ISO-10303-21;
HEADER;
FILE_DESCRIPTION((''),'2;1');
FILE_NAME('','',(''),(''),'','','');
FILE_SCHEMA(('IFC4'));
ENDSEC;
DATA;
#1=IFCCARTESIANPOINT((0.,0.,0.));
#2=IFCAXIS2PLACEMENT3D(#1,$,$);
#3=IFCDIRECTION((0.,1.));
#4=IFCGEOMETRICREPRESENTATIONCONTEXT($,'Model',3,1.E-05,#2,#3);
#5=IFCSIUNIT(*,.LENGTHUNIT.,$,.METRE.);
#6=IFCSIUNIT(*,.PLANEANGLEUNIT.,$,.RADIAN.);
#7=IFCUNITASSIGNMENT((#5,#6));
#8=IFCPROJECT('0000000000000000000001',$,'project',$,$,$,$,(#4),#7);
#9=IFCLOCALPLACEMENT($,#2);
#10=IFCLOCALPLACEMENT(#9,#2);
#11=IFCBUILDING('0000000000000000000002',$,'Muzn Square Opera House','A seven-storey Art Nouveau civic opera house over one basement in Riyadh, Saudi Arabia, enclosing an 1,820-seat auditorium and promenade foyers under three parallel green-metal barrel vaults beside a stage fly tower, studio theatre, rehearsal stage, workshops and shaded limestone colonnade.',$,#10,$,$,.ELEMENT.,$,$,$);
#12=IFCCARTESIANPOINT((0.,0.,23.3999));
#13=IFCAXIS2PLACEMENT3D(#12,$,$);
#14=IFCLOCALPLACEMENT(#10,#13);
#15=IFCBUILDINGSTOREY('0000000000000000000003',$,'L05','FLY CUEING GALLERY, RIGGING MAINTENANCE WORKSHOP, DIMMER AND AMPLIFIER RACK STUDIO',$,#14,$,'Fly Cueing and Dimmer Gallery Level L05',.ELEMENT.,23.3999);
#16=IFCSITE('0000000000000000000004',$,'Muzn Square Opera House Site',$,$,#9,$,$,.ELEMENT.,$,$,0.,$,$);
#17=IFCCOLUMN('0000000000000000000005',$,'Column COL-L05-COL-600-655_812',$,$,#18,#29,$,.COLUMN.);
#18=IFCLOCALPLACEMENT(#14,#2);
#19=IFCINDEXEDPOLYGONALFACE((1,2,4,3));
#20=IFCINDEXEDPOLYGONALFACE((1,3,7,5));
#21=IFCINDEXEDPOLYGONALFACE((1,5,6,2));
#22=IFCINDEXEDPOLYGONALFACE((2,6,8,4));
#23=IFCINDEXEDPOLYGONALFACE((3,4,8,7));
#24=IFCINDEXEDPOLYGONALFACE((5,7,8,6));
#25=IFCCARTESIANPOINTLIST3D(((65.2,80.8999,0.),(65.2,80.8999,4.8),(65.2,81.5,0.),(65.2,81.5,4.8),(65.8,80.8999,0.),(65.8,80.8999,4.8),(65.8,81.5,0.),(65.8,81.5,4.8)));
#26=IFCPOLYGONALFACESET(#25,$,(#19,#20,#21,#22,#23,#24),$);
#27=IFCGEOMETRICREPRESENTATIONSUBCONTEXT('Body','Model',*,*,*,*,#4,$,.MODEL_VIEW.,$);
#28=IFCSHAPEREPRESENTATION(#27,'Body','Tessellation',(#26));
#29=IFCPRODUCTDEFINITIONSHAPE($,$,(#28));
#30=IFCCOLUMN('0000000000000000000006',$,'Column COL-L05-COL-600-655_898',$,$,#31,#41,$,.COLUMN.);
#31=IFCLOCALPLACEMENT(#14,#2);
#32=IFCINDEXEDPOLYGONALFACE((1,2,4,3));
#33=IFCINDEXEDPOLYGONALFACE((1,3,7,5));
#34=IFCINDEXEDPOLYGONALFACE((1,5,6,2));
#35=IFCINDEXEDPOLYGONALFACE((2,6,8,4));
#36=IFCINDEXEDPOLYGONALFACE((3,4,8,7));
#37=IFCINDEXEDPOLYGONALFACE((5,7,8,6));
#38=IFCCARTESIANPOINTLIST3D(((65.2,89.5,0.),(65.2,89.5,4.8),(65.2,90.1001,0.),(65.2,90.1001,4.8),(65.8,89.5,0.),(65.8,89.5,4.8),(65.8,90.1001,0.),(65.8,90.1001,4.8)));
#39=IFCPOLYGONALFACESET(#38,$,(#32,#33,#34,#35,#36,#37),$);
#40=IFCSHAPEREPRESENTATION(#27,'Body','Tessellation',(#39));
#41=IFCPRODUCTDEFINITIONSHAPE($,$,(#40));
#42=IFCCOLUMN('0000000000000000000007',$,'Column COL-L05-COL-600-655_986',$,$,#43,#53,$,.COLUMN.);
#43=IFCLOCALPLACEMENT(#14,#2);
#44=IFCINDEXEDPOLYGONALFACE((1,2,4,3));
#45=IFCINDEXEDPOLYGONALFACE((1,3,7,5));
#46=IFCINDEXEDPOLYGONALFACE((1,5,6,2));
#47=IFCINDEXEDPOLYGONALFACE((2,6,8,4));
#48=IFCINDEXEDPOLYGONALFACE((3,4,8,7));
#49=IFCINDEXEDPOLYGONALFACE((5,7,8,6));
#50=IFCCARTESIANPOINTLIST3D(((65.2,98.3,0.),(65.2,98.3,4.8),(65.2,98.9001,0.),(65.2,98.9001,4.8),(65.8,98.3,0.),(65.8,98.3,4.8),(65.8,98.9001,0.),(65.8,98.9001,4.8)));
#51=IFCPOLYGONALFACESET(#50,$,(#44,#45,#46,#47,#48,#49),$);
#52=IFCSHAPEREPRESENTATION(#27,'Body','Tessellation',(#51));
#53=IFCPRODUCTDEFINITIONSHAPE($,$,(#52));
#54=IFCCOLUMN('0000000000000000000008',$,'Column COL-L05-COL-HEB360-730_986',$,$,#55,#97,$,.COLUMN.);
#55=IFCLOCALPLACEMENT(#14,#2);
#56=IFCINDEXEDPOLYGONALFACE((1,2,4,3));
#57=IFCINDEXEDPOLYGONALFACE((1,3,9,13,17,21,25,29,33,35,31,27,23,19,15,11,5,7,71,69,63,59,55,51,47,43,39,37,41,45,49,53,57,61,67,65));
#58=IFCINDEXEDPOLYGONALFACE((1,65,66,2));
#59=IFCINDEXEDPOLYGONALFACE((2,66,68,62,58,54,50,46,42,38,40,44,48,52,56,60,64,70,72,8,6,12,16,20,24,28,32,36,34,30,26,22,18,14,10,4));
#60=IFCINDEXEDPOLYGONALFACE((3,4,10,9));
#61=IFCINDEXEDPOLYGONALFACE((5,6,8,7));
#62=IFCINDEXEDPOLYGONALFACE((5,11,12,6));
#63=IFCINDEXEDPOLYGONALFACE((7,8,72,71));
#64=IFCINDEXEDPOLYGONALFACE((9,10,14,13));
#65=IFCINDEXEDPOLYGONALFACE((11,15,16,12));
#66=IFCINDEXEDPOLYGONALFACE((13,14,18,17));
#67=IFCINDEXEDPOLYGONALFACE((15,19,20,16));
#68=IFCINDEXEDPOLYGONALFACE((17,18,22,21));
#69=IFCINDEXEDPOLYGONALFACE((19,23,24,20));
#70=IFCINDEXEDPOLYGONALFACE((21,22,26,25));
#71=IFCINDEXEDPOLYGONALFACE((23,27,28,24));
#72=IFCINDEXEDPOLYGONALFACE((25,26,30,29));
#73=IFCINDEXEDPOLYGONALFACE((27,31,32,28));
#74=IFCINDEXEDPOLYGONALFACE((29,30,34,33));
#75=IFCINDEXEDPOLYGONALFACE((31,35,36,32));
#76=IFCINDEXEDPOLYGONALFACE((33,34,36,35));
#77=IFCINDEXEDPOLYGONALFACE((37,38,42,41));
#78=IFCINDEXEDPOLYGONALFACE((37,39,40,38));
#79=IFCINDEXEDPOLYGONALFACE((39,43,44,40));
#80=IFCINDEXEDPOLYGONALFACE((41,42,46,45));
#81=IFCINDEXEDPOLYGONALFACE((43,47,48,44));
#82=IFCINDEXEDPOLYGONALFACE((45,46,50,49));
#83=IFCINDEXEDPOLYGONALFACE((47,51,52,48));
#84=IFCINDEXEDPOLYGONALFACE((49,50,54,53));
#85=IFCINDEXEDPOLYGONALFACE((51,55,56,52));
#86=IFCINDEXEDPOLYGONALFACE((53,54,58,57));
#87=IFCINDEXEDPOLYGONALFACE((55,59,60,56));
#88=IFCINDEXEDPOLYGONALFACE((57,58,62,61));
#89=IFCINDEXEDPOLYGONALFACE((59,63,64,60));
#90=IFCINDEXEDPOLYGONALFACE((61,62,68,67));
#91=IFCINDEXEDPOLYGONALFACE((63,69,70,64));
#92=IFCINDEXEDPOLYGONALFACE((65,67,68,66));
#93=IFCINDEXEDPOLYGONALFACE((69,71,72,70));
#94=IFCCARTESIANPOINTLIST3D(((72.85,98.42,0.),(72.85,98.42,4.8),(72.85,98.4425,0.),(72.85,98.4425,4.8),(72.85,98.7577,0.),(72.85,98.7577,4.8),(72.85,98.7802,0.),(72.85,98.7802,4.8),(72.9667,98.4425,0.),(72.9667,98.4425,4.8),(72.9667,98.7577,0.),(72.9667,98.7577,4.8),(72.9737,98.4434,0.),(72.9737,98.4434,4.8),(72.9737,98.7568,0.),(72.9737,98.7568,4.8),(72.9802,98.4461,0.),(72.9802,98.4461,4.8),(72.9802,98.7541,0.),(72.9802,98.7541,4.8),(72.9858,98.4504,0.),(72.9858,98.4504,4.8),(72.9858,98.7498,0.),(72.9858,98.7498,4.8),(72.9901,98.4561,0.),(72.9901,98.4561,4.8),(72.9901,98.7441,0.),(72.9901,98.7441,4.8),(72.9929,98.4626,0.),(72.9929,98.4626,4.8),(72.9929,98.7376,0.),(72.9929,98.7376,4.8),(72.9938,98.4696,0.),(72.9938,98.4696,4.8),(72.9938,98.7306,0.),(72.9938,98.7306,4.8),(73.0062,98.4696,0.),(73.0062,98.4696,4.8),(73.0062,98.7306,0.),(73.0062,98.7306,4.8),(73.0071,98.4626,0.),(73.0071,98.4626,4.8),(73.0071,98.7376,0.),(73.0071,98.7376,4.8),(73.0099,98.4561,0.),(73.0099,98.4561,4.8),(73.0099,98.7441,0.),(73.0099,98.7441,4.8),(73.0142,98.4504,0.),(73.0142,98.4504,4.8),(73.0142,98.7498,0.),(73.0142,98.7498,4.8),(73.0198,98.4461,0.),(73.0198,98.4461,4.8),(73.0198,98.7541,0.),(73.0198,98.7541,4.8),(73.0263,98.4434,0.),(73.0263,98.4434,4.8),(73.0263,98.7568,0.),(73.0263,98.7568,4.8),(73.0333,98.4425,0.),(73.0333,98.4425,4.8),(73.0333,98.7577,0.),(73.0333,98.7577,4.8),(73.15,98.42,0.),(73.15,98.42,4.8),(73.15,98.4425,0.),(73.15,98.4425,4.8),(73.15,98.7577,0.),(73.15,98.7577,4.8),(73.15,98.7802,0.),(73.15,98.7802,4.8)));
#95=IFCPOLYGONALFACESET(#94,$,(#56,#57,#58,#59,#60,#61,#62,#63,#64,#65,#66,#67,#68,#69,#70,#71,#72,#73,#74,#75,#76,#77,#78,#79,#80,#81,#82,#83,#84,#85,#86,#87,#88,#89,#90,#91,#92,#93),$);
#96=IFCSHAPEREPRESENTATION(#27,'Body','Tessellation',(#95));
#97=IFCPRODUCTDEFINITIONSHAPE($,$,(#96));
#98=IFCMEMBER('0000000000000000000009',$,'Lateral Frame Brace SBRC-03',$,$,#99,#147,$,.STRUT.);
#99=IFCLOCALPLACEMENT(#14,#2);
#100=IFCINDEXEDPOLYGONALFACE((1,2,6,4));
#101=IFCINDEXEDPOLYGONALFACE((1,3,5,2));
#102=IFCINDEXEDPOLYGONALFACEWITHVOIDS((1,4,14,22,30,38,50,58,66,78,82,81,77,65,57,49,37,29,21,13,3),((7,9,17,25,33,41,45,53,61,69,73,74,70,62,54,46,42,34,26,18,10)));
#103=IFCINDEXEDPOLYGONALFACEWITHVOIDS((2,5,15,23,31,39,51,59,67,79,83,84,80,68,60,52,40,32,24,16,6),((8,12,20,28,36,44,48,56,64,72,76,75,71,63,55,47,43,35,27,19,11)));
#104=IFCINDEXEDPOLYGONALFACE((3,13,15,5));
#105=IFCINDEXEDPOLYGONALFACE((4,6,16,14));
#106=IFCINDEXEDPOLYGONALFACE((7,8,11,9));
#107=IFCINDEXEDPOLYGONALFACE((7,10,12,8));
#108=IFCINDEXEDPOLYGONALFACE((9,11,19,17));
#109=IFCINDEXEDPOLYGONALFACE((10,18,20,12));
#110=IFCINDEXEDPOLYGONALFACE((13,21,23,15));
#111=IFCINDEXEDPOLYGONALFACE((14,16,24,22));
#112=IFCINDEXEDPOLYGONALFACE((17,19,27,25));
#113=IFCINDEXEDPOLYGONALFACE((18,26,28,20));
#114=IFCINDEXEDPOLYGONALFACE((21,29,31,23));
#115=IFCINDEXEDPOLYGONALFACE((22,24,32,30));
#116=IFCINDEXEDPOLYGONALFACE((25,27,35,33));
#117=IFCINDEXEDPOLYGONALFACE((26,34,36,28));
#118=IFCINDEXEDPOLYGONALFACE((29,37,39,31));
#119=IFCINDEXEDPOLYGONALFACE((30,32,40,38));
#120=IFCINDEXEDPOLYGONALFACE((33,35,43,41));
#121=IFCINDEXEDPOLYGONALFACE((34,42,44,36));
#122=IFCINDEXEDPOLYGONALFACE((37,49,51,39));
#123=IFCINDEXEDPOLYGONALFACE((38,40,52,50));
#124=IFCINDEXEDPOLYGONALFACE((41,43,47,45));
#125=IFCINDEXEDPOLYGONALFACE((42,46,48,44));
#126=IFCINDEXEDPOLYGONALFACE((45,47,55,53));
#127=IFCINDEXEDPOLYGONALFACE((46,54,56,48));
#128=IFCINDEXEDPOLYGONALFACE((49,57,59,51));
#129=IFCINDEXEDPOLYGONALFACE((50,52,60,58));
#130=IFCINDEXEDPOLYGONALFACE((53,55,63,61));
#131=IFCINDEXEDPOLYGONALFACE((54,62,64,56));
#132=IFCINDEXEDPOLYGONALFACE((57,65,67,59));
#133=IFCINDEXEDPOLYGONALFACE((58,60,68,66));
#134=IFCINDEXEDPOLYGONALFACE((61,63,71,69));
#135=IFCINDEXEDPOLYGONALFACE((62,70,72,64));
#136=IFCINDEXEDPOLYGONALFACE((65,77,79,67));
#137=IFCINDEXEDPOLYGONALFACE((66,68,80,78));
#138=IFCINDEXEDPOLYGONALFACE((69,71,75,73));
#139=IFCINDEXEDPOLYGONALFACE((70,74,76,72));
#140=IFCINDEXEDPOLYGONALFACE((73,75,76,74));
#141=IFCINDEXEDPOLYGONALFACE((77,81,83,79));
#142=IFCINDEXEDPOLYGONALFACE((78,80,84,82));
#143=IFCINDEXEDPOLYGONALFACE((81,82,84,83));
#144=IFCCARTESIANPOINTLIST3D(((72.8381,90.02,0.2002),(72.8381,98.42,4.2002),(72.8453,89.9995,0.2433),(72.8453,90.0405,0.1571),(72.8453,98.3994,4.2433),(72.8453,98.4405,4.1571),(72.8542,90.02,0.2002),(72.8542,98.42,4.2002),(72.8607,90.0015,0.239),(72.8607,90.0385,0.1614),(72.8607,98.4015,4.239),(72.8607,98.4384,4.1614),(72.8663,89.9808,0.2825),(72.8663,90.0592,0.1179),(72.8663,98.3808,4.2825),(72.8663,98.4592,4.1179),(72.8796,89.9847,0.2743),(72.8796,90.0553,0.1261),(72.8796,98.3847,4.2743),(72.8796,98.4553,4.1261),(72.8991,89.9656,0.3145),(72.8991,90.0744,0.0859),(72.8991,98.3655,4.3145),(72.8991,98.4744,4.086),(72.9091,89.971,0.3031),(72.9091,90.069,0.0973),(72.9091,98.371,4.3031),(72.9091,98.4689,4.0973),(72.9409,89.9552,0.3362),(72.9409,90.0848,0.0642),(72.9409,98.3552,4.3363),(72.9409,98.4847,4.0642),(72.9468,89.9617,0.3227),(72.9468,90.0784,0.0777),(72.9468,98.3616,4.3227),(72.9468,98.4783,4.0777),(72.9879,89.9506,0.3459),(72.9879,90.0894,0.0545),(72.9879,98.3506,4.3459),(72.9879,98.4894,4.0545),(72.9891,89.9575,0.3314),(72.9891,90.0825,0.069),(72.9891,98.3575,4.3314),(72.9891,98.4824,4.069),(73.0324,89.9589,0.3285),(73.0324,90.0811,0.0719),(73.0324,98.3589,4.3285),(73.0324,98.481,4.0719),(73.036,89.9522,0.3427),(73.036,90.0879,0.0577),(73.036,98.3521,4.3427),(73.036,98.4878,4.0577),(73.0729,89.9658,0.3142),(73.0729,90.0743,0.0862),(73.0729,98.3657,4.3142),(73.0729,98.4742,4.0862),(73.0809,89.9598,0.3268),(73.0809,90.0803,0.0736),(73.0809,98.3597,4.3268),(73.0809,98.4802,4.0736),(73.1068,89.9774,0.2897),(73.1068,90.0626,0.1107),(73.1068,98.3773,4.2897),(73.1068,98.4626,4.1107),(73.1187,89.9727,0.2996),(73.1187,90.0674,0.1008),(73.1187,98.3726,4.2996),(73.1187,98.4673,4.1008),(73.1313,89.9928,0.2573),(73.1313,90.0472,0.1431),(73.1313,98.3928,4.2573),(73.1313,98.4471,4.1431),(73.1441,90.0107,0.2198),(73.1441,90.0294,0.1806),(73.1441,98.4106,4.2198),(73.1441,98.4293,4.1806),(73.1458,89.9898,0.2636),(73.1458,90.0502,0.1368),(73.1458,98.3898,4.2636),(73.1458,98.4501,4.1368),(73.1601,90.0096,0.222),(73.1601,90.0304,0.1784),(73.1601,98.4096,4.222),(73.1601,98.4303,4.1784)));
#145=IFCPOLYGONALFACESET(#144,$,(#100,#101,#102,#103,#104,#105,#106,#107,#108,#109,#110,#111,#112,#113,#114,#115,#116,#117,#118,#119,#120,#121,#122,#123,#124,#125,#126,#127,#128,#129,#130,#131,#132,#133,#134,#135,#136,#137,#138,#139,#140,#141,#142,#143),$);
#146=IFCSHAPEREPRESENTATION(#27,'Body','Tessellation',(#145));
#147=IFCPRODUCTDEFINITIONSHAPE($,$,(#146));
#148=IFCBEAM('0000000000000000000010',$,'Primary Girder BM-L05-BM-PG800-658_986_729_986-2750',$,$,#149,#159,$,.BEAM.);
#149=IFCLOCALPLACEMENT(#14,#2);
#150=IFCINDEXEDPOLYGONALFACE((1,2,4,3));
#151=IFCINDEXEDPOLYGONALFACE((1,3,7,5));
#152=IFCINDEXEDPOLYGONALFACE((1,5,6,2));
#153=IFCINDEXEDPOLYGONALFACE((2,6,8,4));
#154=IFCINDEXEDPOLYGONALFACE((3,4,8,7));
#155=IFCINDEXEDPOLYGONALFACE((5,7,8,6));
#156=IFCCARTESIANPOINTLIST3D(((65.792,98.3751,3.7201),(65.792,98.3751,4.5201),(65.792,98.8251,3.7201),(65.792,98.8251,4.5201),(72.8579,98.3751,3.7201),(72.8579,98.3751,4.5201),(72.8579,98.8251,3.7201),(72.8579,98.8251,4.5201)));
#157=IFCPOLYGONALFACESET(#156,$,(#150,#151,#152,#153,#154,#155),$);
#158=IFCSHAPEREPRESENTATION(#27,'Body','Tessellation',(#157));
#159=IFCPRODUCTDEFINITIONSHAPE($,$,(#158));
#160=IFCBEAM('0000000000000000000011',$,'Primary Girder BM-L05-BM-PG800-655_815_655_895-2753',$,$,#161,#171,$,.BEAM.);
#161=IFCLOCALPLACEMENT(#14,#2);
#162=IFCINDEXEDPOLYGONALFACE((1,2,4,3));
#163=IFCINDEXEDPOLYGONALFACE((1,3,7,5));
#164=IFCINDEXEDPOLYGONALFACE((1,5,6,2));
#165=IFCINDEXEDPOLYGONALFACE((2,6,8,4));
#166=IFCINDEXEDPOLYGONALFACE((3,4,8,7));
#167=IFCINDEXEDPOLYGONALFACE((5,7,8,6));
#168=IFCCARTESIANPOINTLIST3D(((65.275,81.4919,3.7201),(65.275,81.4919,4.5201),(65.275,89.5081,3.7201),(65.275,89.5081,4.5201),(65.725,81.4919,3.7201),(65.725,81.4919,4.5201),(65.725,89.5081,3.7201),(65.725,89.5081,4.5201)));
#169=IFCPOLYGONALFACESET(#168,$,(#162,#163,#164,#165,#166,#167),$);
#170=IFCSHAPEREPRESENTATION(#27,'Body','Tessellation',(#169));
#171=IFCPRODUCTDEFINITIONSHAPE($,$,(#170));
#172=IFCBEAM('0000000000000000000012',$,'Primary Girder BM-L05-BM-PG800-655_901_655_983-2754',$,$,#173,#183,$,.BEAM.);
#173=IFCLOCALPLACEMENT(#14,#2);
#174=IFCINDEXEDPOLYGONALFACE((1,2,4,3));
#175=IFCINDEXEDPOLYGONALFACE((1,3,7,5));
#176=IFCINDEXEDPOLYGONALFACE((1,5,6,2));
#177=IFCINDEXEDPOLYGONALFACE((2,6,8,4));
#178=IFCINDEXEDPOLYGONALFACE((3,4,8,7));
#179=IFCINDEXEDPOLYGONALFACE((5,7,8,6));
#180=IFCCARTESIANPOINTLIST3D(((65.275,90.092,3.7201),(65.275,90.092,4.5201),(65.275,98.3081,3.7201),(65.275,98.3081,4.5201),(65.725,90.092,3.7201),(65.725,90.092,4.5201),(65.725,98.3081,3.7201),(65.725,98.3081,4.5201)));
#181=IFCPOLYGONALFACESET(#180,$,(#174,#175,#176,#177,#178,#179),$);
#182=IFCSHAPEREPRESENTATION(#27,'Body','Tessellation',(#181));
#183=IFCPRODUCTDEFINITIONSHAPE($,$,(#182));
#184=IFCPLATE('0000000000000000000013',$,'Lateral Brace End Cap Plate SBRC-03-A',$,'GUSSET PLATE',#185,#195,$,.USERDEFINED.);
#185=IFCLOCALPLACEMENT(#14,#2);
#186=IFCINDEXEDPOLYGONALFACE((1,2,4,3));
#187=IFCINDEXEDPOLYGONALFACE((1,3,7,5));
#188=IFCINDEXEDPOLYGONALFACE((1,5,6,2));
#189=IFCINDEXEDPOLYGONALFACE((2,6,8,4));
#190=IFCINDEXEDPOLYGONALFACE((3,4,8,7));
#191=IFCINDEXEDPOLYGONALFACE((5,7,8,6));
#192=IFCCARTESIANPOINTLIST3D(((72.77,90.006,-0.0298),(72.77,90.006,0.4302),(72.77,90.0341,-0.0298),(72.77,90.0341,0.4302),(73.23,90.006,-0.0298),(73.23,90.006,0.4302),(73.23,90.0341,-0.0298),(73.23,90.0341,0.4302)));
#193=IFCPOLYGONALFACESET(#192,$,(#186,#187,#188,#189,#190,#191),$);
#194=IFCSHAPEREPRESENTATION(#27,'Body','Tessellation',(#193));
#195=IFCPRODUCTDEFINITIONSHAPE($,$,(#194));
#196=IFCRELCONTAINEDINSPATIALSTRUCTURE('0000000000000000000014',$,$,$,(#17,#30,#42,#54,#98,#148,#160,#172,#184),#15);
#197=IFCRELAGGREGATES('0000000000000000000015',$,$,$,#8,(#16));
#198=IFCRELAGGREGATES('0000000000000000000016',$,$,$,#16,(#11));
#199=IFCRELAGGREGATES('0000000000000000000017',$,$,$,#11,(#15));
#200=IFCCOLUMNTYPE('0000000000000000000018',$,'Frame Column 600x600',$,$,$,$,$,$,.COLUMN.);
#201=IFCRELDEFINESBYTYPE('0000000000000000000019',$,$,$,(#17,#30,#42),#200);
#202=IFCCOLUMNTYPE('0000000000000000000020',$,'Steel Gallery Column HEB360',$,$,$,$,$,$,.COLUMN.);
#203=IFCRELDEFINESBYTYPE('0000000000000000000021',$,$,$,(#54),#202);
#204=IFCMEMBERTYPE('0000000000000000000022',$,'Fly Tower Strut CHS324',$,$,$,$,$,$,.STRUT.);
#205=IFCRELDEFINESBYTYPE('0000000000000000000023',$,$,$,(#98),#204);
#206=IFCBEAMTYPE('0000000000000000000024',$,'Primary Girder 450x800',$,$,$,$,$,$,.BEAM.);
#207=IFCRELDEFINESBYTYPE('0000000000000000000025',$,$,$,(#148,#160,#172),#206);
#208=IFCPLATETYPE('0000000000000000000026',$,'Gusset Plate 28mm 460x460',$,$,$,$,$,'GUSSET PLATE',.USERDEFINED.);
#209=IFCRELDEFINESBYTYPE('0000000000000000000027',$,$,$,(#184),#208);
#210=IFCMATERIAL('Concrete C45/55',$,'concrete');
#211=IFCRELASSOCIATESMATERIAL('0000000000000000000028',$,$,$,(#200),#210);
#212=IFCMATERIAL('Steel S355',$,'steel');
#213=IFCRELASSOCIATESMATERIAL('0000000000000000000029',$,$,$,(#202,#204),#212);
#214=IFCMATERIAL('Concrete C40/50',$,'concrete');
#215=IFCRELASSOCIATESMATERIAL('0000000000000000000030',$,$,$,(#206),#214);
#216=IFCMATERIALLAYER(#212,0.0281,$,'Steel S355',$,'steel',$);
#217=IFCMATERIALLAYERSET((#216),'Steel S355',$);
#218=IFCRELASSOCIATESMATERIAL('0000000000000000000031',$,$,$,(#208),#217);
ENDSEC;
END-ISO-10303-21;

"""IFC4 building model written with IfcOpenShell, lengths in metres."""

from ifc_helpers import new_model, si_unit, direction, frame, origin, origin_2d, place, context, subcontext, project, spatial, rectangle, hollow_circle, i_section, extrude, material, layer, layer_set, material_profile, profile_set, type_object, element, save


model = new_model("IFC4")

# Units and contexts
model_context = context("Model", 3, precision=1e-05, world=origin(), true_north=direction((0.0, 1.0)))
body_context = subcontext(model_context, "Body", "Model", "MODEL_VIEW")
ifc_project = project(units=[si_unit("LENGTHUNIT", "METRE"), si_unit("PLANEANGLEUNIT", "RADIAN")], contexts=[model_context])

# Site, building, storey
site_placement = place(None, origin())
site = spatial("IfcSite", under=ifc_project, at=site_placement, Name="Muzn Square Opera House Site", CompositionType="ELEMENT", RefElevation=0.0)
building_placement = place(site_placement, origin())
building = spatial("IfcBuilding", under=site, at=building_placement, Name="Muzn Square Opera House", Description="A seven-storey Art Nouveau civic opera house over one basement in Riyadh, Saudi Arabia, enclosing an 1,820-seat auditorium and promenade foyers under three parallel green-metal barrel vaults beside a stage fly tower, studio theatre, rehearsal stage, workshops and shaded limestone colonnade.", CompositionType="ELEMENT")
storey_placement = place(building_placement, frame((0.0, 0.0, 23.3999)))
storey = spatial("IfcBuildingStorey", under=building, at=storey_placement, Name="L05", Description="FLY CUEING GALLERY, RIGGING MAINTENANCE WORKSHOP, DIMMER AND AMPLIFIER RACK STUDIO", LongName="Fly Cueing and Dimmer Gallery Level L05", CompositionType="ELEMENT", Elevation=23.3999)

# Columns
ifc_material_1 = material(Name="Concrete C45/55", Category="concrete")
ifc_material_profile_1 = material_profile(ifc_material_1, rectangle(XDim=0.6001, YDim=0.6001, at=origin_2d()), Name="RC 600x600", Category="concrete")
ifc_profile_set_1 = profile_set([ifc_material_profile_1], Name="Concrete C45/55")
column_type_1 = type_object("IfcColumnType", Name="Frame Column 600x600", PredefinedType="COLUMN", material=ifc_profile_set_1)
for number, where, z_axis, x_axis, name in (
    (1, (65.5, 81.2, 0.0), (0.0, 0.0, 1.0), (1.0, 0.0, 0.0), "Column COL-L05-COL-600-655_812"),
    (2, (65.5, 89.8, 0.0), (0.0, 0.0, 1.0), (1.0, 0.0, 0.0), "Column COL-L05-COL-600-655_898"),
    (3, (65.5, 98.6001, 0.0), (0.0, 0.0, 1.0), (1.0, 0.0, 0.0), "Column COL-L05-COL-600-655_986"),
):
    element("IfcColumn", number, at=place(storey_placement, frame(where, z_axis=z_axis, x_axis=x_axis)), inside=storey, type_object=column_type_1, Name=name, PredefinedType="COLUMN", context=body_context, shape_type="SweptSolid", body=[
        extrude(rectangle(XDim=0.6001, YDim=0.6001, at=origin_2d()), origin(), (0.0, 0.0, 1.0), 4.8),
    ])
ifc_material_2 = material(Name="Steel S355", Category="steel")
ifc_material_profile_2 = material_profile(ifc_material_2, i_section(OverallWidth=0.3, OverallDepth=0.3601, WebThickness=0.0125, FlangeThickness=0.0225, FilletRadius=0.0271, at=origin_2d()), Name="HEB 360", Category="steel")
ifc_profile_set_2 = profile_set([ifc_material_profile_2], Name="Steel S355")
column_type_2 = type_object("IfcColumnType", Name="Steel Gallery Column HEB360", PredefinedType="COLUMN", material=ifc_profile_set_2)
column_placement = place(storey_placement, frame((73.0, 98.6001, 0.0), z_axis=(0.0, 0.0, 1.0), x_axis=(1.0, 0.0, 0.0)))
element("IfcColumn", 4, at=column_placement, inside=storey, type_object=column_type_2, Name="Column COL-L05-COL-HEB360-730_986", PredefinedType="COLUMN", context=body_context, shape_type="SweptSolid", body=[
    extrude(i_section(OverallWidth=0.3, OverallDepth=0.3601, WebThickness=0.0125, FlangeThickness=0.0225, FilletRadius=0.0271, at=origin_2d()), origin(), (0.0, 0.0, 1.0), 4.8),
])

# Member
ifc_material_profile_3 = material_profile(ifc_material_2, hollow_circle(Radius=0.1619, WallThickness=0.0161, at=origin_2d()), Name="CHS 323.9x16", Category="steel")
ifc_profile_set_3 = profile_set([ifc_material_profile_3], Name="Steel S355")
member_type = type_object("IfcMemberType", Name="Fly Tower Strut CHS324", PredefinedType="STRUT", material=ifc_profile_set_3)
member_placement = place(storey_placement, frame((73.0, 90.02, 0.2002), z_axis=(0.0, 0.902859, 0.429938), x_axis=(-1.0, 0.0, 0.0)))
element("IfcMember", 5, at=member_placement, inside=storey, type_object=member_type, Name="Lateral Frame Brace SBRC-03", PredefinedType="STRUT", context=body_context, shape_type="SweptSolid", body=[
    extrude(hollow_circle(Radius=0.1619, WallThickness=0.0161, at=origin_2d()), origin(), (0.0, 0.0, 1.0), 9.3037),
])

# Beams
ifc_material_3 = material(Name="Concrete C40/50", Category="concrete")
ifc_material_profile_4 = material_profile(ifc_material_3, rectangle(XDim=0.45, YDim=0.8, at=origin_2d()), Name="RCB 450x800", Category="concrete")
ifc_profile_set_4 = profile_set([ifc_material_profile_4], Name="Concrete C40/50")
beam_type = type_object("IfcBeamType", Name="Primary Girder 450x800", PredefinedType="BEAM", material=ifc_profile_set_4)
beam_1_placement = place(storey_placement, frame((65.792, 98.6001, 4.1201), z_axis=(1.0, 0.0, 0.0), x_axis=(0.0, 1.0, 0.0)))
element("IfcBeam", 6, at=beam_1_placement, inside=storey, type_object=beam_type, Name="Primary Girder BM-L05-BM-PG800-658_986_729_986-2750", PredefinedType="BEAM", context=body_context, shape_type="SweptSolid", body=[
    extrude(rectangle(XDim=0.45, YDim=0.8, at=origin_2d()), origin(), (0.0, 0.0, 1.0), 7.0659),
])
beam_2_placement = place(storey_placement, frame((65.5, 81.4919, 4.1201), z_axis=(0.0, 1.0, 0.0), x_axis=(-1.0, 0.0, 0.0)))
element("IfcBeam", 7, at=beam_2_placement, inside=storey, type_object=beam_type, Name="Primary Girder BM-L05-BM-PG800-655_815_655_895-2753", PredefinedType="BEAM", context=body_context, shape_type="SweptSolid", body=[
    extrude(rectangle(XDim=0.45, YDim=0.8, at=origin_2d()), origin(), (0.0, 0.0, 1.0), 8.0161),
])
beam_3_placement = place(storey_placement, frame((65.5, 90.092, 4.1201), z_axis=(0.0, 1.0, 0.0), x_axis=(-1.0, 0.0, 0.0)))
element("IfcBeam", 8, at=beam_3_placement, inside=storey, type_object=beam_type, Name="Primary Girder BM-L05-BM-PG800-655_901_655_983-2754", PredefinedType="BEAM", context=body_context, shape_type="SweptSolid", body=[
    extrude(rectangle(XDim=0.45, YDim=0.8, at=origin_2d()), origin(), (0.0, 0.0, 1.0), 8.2161),
])

# Plate
ifc_layer_1 = layer(ifc_material_2, 0.0281, Name="Steel S355", Category="steel")
ifc_layer_set_1 = layer_set([ifc_layer_1], Name="Steel S355")
plate_type = type_object("IfcPlateType", Name="Gusset Plate 28mm 460x460", ElementType="GUSSET PLATE", PredefinedType="USERDEFINED", material=ifc_layer_set_1)
for number, where, z_axis, x_axis, name in (
    (9, (73.0, 90.02, -0.0298), (0.0, 0.0, 1.0), (1.0, 0.0, 0.0), "Lateral Brace End Cap Plate SBRC-03-A"),
):
    element("IfcPlate", number, at=place(storey_placement, frame(where, z_axis=z_axis, x_axis=x_axis)), inside=storey, type_object=plate_type, Name=name, ObjectType="GUSSET PLATE", PredefinedType="USERDEFINED", context=body_context, shape_type="SweptSolid", body=[
        extrude(rectangle(XDim=0.46, YDim=0.0281, at=origin_2d()), origin(), (0.0, 0.0, 1.0), 0.46),
    ])

save(model, "model.ifc")
